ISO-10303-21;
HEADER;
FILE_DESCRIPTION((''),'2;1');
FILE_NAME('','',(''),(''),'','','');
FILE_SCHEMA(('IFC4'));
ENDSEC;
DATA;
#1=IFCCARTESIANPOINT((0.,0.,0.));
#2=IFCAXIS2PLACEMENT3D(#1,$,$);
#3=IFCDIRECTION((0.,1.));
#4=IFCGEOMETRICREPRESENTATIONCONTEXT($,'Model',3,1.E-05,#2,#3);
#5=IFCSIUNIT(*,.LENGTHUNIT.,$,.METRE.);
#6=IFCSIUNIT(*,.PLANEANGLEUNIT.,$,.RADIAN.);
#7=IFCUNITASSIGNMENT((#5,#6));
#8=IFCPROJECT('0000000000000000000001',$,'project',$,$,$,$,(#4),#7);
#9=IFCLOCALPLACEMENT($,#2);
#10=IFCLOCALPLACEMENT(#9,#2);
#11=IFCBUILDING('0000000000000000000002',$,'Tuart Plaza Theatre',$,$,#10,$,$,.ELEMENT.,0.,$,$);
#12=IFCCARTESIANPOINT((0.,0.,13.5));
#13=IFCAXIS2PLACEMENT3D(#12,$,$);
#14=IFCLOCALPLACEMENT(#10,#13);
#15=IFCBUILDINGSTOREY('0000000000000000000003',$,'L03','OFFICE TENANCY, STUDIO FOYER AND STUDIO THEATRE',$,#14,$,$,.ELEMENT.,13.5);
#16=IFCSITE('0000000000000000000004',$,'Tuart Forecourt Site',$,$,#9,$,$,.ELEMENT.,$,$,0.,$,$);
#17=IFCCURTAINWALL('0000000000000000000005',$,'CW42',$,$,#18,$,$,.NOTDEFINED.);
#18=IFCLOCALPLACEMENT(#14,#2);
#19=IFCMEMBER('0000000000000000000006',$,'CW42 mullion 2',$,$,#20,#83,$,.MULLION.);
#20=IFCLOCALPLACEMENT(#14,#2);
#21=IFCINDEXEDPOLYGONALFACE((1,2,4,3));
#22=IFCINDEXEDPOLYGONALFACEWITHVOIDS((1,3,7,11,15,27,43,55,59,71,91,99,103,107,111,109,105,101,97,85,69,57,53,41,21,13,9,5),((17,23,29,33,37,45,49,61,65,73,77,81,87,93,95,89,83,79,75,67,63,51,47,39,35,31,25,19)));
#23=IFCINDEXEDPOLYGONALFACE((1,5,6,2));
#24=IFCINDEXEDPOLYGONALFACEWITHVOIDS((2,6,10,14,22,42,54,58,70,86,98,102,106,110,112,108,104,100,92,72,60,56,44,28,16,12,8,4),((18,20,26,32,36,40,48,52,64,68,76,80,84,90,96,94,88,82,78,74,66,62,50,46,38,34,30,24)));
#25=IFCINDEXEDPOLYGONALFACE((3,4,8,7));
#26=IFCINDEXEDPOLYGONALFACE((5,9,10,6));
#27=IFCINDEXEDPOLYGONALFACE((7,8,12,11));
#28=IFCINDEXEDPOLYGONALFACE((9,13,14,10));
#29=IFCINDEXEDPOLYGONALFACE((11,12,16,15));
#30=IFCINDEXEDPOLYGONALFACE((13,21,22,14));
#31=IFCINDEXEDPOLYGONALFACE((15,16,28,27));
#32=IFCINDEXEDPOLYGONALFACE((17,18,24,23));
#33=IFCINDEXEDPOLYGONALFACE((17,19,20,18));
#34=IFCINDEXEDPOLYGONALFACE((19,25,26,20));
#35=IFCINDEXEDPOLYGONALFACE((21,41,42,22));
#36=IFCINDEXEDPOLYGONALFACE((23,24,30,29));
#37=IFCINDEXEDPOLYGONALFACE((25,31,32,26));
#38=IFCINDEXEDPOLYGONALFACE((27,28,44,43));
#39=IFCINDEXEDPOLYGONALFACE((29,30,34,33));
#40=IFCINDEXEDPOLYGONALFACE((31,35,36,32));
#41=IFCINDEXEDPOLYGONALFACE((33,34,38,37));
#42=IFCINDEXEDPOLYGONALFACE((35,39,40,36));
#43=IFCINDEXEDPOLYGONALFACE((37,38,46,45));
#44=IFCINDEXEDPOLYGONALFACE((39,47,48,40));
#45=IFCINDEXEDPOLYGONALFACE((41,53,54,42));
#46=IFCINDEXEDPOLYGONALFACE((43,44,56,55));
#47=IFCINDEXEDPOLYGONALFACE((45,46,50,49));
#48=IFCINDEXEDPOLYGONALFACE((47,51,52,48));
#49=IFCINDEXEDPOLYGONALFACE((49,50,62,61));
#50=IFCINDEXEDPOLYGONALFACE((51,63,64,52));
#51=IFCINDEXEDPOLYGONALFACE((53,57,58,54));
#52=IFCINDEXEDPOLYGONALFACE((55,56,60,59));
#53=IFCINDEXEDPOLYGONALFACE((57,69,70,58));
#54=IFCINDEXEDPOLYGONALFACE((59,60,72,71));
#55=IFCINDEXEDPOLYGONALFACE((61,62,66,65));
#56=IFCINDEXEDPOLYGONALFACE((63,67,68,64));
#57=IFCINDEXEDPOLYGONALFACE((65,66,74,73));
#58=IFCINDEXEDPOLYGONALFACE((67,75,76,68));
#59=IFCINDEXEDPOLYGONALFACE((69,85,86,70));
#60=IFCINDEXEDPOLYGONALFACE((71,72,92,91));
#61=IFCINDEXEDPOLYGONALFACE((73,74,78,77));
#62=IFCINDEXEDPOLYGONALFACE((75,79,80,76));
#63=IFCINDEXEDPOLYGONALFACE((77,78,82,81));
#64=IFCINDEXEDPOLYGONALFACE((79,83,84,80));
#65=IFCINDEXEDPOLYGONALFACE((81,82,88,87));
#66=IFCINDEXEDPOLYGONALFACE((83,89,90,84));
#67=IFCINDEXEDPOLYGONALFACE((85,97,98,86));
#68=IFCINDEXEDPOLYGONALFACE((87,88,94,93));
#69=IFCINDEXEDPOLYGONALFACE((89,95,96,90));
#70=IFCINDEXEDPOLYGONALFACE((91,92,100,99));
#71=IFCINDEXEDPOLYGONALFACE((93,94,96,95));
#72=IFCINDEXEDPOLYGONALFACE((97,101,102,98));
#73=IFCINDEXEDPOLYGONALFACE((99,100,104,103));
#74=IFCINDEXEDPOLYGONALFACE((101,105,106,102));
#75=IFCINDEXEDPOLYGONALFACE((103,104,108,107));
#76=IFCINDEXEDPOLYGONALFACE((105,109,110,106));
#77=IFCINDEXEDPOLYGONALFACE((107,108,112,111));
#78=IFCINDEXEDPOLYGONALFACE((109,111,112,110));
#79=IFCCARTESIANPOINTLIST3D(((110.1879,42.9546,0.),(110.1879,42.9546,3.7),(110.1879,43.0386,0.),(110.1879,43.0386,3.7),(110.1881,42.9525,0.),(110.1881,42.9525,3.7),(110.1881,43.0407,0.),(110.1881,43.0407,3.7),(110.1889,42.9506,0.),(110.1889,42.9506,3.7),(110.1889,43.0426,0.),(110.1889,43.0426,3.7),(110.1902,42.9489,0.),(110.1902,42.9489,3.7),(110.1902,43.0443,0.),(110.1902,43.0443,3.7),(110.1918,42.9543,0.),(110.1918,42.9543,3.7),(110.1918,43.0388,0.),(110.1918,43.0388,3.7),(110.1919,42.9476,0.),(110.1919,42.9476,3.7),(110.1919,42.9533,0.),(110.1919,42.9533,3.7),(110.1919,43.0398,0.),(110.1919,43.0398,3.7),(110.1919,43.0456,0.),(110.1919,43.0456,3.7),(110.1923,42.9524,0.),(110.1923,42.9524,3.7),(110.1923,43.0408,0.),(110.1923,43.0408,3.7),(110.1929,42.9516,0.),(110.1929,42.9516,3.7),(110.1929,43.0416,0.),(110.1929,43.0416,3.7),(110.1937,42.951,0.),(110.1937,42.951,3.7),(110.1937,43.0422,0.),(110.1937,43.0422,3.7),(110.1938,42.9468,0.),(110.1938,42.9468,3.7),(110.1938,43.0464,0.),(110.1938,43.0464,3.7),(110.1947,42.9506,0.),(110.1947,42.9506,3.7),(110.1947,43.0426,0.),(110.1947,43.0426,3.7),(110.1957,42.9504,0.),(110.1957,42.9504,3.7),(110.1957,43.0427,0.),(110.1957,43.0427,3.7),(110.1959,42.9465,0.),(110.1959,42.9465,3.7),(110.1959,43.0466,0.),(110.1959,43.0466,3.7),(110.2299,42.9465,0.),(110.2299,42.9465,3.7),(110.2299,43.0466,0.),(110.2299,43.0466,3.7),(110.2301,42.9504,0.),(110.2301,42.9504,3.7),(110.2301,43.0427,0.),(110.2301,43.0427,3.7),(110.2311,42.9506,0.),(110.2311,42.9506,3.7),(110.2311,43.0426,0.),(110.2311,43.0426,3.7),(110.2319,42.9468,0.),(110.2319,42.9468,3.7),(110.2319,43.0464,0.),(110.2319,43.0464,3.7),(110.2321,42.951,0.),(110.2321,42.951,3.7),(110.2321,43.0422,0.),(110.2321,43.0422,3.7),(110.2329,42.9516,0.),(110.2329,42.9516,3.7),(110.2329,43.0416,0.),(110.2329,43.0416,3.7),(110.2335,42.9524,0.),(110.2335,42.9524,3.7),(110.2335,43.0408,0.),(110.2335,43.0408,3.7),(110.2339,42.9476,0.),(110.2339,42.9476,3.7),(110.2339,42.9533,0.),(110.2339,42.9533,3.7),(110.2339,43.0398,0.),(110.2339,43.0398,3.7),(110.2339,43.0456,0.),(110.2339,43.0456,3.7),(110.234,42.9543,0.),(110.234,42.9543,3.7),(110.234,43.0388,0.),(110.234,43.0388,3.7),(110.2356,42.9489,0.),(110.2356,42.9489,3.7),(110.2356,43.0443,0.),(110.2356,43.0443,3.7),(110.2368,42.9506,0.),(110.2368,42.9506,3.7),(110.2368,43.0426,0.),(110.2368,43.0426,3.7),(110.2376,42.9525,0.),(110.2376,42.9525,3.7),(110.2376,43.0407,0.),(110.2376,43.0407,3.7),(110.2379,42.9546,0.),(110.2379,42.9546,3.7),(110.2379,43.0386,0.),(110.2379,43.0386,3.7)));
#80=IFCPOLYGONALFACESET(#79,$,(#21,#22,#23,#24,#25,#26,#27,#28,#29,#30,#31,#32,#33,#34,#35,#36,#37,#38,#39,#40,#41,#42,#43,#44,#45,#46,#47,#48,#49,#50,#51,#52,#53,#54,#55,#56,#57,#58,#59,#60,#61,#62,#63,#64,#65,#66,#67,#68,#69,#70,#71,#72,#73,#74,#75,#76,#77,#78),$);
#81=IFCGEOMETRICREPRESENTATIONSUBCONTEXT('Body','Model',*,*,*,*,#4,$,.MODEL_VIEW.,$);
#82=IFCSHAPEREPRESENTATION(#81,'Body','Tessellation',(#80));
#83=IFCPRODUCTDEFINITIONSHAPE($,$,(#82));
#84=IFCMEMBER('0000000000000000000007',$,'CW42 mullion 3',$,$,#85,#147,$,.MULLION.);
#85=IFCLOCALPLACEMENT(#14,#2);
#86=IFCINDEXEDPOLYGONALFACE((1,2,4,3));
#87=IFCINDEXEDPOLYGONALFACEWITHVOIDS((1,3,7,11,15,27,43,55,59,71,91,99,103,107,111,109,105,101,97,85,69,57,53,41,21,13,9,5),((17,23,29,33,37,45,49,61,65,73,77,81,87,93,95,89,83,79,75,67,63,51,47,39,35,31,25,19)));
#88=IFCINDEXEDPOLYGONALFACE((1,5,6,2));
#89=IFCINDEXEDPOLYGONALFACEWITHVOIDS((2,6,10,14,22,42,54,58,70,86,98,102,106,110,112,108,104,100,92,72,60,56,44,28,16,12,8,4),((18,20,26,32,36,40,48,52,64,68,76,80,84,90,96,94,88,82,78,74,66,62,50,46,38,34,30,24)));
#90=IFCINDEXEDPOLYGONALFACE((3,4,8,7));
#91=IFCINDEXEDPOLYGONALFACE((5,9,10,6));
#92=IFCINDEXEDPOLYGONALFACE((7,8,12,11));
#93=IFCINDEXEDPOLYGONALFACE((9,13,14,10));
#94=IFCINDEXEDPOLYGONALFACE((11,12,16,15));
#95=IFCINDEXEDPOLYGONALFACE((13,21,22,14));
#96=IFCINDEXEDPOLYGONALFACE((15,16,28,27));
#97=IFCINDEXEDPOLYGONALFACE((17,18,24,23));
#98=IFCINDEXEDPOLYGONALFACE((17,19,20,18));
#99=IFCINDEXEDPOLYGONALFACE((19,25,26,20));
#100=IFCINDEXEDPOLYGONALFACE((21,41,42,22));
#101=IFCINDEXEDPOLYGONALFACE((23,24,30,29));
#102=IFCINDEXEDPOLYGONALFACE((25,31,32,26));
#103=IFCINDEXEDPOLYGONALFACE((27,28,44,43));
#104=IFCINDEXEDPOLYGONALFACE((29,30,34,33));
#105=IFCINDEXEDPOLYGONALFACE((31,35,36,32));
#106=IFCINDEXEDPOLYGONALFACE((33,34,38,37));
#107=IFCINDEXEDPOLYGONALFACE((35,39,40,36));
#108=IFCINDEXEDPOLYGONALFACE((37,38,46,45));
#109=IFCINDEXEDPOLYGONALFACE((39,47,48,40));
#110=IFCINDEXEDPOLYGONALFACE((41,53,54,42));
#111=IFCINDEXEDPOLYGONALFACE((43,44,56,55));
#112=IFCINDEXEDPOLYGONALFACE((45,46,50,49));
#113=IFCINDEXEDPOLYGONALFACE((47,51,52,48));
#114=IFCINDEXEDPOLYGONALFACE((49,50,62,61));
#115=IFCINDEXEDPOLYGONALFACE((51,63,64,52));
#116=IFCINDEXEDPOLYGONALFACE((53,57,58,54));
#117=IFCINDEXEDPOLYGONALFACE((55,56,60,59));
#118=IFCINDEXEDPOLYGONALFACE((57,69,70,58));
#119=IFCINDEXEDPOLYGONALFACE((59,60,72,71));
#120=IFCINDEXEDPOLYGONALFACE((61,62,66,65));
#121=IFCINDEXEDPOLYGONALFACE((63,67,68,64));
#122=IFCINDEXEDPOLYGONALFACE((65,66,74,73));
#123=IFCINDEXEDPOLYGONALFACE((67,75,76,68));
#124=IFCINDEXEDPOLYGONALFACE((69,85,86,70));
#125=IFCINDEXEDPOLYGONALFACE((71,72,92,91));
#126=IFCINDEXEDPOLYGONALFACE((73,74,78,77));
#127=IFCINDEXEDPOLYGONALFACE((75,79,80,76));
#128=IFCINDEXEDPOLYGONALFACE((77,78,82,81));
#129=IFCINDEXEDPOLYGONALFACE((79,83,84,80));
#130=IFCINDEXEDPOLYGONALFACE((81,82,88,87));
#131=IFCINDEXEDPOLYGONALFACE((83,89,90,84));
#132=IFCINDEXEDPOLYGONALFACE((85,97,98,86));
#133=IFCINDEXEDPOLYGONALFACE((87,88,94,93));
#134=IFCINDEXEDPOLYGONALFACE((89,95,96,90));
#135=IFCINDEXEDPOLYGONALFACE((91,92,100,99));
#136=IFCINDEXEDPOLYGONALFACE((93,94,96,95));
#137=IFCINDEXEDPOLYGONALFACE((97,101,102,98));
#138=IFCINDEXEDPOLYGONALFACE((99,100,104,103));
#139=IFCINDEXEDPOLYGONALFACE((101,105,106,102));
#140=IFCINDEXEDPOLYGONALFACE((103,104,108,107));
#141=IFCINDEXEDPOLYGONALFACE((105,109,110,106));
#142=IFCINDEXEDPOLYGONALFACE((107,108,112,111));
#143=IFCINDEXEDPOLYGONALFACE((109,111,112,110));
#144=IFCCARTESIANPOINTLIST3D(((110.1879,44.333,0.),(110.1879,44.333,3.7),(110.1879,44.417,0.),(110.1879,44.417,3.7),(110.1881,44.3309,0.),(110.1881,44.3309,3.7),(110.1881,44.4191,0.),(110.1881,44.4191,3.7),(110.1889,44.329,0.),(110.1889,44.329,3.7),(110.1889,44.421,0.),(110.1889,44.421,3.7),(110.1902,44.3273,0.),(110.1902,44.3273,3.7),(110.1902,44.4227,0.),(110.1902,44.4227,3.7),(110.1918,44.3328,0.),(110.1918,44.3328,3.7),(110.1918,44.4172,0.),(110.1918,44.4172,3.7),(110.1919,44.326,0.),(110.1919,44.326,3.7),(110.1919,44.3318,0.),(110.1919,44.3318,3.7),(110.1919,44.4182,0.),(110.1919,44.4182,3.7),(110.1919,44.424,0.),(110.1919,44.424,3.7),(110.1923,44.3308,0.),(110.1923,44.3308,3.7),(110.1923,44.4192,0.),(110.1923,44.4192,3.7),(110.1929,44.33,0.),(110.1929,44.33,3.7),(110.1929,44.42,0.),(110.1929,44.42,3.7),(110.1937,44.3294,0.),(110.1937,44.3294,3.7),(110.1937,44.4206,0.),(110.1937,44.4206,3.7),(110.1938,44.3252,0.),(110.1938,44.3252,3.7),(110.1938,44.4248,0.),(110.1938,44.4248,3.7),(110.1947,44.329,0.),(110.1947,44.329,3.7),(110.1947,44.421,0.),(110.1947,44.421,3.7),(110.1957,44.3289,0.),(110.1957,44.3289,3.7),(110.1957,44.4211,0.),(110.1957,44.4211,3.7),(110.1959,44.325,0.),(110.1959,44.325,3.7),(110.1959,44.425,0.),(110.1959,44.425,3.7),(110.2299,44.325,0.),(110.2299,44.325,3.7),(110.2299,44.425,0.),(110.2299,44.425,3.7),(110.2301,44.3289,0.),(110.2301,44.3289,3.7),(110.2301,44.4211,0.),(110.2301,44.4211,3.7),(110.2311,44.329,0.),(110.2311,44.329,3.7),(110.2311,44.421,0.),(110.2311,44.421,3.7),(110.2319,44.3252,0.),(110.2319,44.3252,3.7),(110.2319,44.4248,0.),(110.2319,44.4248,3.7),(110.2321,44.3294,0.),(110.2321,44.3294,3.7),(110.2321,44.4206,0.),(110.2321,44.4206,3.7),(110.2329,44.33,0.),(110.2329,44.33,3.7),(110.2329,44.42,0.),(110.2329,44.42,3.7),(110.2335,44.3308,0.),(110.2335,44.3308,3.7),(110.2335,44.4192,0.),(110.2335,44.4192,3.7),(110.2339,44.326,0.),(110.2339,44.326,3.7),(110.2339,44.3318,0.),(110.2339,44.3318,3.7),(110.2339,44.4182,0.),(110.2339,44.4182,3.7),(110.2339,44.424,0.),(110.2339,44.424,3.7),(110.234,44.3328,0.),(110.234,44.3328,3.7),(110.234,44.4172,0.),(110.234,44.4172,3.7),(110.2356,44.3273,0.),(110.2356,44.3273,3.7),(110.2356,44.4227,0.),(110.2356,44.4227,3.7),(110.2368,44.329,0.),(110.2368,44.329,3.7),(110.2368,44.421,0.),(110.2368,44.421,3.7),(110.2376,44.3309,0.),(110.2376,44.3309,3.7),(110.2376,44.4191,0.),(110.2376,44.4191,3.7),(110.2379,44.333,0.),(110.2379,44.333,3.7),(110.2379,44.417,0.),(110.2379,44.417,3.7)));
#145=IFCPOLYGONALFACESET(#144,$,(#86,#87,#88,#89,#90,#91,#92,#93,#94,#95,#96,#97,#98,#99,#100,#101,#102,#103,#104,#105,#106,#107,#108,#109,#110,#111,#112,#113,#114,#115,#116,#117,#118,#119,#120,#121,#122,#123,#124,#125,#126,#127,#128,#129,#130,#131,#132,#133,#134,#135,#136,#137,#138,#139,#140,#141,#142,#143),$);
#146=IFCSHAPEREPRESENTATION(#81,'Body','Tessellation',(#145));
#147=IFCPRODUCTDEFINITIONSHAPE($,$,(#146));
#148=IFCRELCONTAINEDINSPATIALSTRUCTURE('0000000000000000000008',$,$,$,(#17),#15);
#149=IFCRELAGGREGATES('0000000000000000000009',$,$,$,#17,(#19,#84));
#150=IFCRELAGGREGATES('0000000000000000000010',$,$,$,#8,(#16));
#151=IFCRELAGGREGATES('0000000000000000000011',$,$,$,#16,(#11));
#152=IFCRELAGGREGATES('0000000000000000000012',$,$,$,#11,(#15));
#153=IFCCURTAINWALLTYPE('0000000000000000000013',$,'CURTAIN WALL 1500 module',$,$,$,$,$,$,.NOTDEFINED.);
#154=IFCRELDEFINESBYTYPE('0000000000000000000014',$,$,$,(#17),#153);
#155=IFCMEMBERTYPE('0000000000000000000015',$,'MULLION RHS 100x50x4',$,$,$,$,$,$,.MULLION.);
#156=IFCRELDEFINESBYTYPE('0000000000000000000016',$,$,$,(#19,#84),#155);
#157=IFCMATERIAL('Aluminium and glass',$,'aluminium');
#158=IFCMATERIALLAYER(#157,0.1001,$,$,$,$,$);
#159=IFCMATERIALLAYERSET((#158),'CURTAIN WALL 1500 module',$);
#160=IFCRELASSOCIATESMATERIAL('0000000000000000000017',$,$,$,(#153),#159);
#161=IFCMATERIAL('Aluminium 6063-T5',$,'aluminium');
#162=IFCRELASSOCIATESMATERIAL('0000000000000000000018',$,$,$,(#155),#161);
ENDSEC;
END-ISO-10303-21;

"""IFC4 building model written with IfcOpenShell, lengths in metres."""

from ifc_helpers import new_model, si_unit, direction, frame, origin, origin_2d, place, context, subcontext, project, spatial, hollow_rectangle, extrude, material, layer, layer_set, material_profile, profile_set, type_object, element, aggregate, save


model = new_model("IFC4")

# Units and contexts
model_context = context("Model", 3, precision=1e-05, world=origin(), true_north=direction((0.0, 1.0)))
body_context = subcontext(model_context, "Body", "Model", "MODEL_VIEW")
ifc_project = project(units=[si_unit("LENGTHUNIT", "METRE"), si_unit("PLANEANGLEUNIT", "RADIAN")], contexts=[model_context])

# Site, building, storey
site_placement = place(None, origin())
site = spatial("IfcSite", under=ifc_project, at=site_placement, Name="Tuart Forecourt Site", CompositionType="ELEMENT", RefElevation=0.0)
building_placement = place(site_placement, origin())
building = spatial("IfcBuilding", under=site, at=building_placement, Name="Tuart Plaza Theatre", CompositionType="ELEMENT", ElevationOfRefHeight=0.0)
storey_placement = place(building_placement, frame((0.0, 0.0, 13.5)))
storey = spatial("IfcBuildingStorey", under=building, at=storey_placement, Name="L03", Description="OFFICE TENANCY, STUDIO FOYER AND STUDIO THEATRE", CompositionType="ELEMENT", Elevation=13.5)

# Shared definitions
ifc_material_1 = material(Name="Aluminium and glass", Category="aluminium")
ifc_layer_1 = layer(ifc_material_1, 0.1001)
ifc_layer_set_1 = layer_set([ifc_layer_1], Name="CURTAIN WALL 1500 module")
curtain_wall_type = type_object("IfcCurtainWallType", Name="CURTAIN WALL 1500 module", PredefinedType="NOTDEFINED", material=ifc_layer_set_1)
ifc_material_2 = material(Name="Aluminium 6063-T5", Category="aluminium")
ifc_material_profile_1 = material_profile(ifc_material_2, hollow_rectangle(XDim=0.05, YDim=0.1001, WallThickness=0.0039, InnerFilletRadius=0.0039, OuterFilletRadius=0.0081, at=origin_2d()), Name="RHS 100x50x4")
ifc_profile_set_1 = profile_set([ifc_material_profile_1], Name="Aluminium 6063-T5")
member_type_1 = type_object("IfcMemberType", Name="MULLION RHS 100x50x4", PredefinedType="MULLION", material=ifc_profile_set_1)

# Curtain wall, members
curtain_wall_1_placement = place(storey_placement, origin())
curtain_wall_1 = element("IfcCurtainWall", 1, at=curtain_wall_1_placement, inside=storey, type_object=curtain_wall_type, Name="CW42", PredefinedType="NOTDEFINED")
member_1_placement = place(storey_placement, frame((110.2129, 42.9966, 0.0), z_axis=(0.0, 0.0, 1.0), x_axis=(-1.0, 0.0, 0.0)))
member_1 = element("IfcMember", 2, at=member_1_placement, type_object=member_type_1, Name="CW42 mullion 2", PredefinedType="MULLION", context=body_context, shape_type="SweptSolid", body=[
    extrude(hollow_rectangle(XDim=0.05, YDim=0.1001, WallThickness=0.0039, InnerFilletRadius=0.0039, OuterFilletRadius=0.0081, at=origin_2d()), origin(), (0.0, 0.0, 1.0), 3.7),
])
member_2_placement = place(storey_placement, frame((110.2129, 44.375, 0.0), z_axis=(0.0, 0.0, 1.0), x_axis=(-1.0, 0.0, 0.0)))
member_2 = element("IfcMember", 3, at=member_2_placement, type_object=member_type_1, Name="CW42 mullion 3", PredefinedType="MULLION", context=body_context, shape_type="SweptSolid", body=[
    extrude(hollow_rectangle(XDim=0.05, YDim=0.1001, WallThickness=0.0039, InnerFilletRadius=0.0039, OuterFilletRadius=0.0081, at=origin_2d()), origin(), (0.0, 0.0, 1.0), 3.7),
])

aggregate(curtain_wall_1, [member_1, member_2])

save(model, "model.ifc")
